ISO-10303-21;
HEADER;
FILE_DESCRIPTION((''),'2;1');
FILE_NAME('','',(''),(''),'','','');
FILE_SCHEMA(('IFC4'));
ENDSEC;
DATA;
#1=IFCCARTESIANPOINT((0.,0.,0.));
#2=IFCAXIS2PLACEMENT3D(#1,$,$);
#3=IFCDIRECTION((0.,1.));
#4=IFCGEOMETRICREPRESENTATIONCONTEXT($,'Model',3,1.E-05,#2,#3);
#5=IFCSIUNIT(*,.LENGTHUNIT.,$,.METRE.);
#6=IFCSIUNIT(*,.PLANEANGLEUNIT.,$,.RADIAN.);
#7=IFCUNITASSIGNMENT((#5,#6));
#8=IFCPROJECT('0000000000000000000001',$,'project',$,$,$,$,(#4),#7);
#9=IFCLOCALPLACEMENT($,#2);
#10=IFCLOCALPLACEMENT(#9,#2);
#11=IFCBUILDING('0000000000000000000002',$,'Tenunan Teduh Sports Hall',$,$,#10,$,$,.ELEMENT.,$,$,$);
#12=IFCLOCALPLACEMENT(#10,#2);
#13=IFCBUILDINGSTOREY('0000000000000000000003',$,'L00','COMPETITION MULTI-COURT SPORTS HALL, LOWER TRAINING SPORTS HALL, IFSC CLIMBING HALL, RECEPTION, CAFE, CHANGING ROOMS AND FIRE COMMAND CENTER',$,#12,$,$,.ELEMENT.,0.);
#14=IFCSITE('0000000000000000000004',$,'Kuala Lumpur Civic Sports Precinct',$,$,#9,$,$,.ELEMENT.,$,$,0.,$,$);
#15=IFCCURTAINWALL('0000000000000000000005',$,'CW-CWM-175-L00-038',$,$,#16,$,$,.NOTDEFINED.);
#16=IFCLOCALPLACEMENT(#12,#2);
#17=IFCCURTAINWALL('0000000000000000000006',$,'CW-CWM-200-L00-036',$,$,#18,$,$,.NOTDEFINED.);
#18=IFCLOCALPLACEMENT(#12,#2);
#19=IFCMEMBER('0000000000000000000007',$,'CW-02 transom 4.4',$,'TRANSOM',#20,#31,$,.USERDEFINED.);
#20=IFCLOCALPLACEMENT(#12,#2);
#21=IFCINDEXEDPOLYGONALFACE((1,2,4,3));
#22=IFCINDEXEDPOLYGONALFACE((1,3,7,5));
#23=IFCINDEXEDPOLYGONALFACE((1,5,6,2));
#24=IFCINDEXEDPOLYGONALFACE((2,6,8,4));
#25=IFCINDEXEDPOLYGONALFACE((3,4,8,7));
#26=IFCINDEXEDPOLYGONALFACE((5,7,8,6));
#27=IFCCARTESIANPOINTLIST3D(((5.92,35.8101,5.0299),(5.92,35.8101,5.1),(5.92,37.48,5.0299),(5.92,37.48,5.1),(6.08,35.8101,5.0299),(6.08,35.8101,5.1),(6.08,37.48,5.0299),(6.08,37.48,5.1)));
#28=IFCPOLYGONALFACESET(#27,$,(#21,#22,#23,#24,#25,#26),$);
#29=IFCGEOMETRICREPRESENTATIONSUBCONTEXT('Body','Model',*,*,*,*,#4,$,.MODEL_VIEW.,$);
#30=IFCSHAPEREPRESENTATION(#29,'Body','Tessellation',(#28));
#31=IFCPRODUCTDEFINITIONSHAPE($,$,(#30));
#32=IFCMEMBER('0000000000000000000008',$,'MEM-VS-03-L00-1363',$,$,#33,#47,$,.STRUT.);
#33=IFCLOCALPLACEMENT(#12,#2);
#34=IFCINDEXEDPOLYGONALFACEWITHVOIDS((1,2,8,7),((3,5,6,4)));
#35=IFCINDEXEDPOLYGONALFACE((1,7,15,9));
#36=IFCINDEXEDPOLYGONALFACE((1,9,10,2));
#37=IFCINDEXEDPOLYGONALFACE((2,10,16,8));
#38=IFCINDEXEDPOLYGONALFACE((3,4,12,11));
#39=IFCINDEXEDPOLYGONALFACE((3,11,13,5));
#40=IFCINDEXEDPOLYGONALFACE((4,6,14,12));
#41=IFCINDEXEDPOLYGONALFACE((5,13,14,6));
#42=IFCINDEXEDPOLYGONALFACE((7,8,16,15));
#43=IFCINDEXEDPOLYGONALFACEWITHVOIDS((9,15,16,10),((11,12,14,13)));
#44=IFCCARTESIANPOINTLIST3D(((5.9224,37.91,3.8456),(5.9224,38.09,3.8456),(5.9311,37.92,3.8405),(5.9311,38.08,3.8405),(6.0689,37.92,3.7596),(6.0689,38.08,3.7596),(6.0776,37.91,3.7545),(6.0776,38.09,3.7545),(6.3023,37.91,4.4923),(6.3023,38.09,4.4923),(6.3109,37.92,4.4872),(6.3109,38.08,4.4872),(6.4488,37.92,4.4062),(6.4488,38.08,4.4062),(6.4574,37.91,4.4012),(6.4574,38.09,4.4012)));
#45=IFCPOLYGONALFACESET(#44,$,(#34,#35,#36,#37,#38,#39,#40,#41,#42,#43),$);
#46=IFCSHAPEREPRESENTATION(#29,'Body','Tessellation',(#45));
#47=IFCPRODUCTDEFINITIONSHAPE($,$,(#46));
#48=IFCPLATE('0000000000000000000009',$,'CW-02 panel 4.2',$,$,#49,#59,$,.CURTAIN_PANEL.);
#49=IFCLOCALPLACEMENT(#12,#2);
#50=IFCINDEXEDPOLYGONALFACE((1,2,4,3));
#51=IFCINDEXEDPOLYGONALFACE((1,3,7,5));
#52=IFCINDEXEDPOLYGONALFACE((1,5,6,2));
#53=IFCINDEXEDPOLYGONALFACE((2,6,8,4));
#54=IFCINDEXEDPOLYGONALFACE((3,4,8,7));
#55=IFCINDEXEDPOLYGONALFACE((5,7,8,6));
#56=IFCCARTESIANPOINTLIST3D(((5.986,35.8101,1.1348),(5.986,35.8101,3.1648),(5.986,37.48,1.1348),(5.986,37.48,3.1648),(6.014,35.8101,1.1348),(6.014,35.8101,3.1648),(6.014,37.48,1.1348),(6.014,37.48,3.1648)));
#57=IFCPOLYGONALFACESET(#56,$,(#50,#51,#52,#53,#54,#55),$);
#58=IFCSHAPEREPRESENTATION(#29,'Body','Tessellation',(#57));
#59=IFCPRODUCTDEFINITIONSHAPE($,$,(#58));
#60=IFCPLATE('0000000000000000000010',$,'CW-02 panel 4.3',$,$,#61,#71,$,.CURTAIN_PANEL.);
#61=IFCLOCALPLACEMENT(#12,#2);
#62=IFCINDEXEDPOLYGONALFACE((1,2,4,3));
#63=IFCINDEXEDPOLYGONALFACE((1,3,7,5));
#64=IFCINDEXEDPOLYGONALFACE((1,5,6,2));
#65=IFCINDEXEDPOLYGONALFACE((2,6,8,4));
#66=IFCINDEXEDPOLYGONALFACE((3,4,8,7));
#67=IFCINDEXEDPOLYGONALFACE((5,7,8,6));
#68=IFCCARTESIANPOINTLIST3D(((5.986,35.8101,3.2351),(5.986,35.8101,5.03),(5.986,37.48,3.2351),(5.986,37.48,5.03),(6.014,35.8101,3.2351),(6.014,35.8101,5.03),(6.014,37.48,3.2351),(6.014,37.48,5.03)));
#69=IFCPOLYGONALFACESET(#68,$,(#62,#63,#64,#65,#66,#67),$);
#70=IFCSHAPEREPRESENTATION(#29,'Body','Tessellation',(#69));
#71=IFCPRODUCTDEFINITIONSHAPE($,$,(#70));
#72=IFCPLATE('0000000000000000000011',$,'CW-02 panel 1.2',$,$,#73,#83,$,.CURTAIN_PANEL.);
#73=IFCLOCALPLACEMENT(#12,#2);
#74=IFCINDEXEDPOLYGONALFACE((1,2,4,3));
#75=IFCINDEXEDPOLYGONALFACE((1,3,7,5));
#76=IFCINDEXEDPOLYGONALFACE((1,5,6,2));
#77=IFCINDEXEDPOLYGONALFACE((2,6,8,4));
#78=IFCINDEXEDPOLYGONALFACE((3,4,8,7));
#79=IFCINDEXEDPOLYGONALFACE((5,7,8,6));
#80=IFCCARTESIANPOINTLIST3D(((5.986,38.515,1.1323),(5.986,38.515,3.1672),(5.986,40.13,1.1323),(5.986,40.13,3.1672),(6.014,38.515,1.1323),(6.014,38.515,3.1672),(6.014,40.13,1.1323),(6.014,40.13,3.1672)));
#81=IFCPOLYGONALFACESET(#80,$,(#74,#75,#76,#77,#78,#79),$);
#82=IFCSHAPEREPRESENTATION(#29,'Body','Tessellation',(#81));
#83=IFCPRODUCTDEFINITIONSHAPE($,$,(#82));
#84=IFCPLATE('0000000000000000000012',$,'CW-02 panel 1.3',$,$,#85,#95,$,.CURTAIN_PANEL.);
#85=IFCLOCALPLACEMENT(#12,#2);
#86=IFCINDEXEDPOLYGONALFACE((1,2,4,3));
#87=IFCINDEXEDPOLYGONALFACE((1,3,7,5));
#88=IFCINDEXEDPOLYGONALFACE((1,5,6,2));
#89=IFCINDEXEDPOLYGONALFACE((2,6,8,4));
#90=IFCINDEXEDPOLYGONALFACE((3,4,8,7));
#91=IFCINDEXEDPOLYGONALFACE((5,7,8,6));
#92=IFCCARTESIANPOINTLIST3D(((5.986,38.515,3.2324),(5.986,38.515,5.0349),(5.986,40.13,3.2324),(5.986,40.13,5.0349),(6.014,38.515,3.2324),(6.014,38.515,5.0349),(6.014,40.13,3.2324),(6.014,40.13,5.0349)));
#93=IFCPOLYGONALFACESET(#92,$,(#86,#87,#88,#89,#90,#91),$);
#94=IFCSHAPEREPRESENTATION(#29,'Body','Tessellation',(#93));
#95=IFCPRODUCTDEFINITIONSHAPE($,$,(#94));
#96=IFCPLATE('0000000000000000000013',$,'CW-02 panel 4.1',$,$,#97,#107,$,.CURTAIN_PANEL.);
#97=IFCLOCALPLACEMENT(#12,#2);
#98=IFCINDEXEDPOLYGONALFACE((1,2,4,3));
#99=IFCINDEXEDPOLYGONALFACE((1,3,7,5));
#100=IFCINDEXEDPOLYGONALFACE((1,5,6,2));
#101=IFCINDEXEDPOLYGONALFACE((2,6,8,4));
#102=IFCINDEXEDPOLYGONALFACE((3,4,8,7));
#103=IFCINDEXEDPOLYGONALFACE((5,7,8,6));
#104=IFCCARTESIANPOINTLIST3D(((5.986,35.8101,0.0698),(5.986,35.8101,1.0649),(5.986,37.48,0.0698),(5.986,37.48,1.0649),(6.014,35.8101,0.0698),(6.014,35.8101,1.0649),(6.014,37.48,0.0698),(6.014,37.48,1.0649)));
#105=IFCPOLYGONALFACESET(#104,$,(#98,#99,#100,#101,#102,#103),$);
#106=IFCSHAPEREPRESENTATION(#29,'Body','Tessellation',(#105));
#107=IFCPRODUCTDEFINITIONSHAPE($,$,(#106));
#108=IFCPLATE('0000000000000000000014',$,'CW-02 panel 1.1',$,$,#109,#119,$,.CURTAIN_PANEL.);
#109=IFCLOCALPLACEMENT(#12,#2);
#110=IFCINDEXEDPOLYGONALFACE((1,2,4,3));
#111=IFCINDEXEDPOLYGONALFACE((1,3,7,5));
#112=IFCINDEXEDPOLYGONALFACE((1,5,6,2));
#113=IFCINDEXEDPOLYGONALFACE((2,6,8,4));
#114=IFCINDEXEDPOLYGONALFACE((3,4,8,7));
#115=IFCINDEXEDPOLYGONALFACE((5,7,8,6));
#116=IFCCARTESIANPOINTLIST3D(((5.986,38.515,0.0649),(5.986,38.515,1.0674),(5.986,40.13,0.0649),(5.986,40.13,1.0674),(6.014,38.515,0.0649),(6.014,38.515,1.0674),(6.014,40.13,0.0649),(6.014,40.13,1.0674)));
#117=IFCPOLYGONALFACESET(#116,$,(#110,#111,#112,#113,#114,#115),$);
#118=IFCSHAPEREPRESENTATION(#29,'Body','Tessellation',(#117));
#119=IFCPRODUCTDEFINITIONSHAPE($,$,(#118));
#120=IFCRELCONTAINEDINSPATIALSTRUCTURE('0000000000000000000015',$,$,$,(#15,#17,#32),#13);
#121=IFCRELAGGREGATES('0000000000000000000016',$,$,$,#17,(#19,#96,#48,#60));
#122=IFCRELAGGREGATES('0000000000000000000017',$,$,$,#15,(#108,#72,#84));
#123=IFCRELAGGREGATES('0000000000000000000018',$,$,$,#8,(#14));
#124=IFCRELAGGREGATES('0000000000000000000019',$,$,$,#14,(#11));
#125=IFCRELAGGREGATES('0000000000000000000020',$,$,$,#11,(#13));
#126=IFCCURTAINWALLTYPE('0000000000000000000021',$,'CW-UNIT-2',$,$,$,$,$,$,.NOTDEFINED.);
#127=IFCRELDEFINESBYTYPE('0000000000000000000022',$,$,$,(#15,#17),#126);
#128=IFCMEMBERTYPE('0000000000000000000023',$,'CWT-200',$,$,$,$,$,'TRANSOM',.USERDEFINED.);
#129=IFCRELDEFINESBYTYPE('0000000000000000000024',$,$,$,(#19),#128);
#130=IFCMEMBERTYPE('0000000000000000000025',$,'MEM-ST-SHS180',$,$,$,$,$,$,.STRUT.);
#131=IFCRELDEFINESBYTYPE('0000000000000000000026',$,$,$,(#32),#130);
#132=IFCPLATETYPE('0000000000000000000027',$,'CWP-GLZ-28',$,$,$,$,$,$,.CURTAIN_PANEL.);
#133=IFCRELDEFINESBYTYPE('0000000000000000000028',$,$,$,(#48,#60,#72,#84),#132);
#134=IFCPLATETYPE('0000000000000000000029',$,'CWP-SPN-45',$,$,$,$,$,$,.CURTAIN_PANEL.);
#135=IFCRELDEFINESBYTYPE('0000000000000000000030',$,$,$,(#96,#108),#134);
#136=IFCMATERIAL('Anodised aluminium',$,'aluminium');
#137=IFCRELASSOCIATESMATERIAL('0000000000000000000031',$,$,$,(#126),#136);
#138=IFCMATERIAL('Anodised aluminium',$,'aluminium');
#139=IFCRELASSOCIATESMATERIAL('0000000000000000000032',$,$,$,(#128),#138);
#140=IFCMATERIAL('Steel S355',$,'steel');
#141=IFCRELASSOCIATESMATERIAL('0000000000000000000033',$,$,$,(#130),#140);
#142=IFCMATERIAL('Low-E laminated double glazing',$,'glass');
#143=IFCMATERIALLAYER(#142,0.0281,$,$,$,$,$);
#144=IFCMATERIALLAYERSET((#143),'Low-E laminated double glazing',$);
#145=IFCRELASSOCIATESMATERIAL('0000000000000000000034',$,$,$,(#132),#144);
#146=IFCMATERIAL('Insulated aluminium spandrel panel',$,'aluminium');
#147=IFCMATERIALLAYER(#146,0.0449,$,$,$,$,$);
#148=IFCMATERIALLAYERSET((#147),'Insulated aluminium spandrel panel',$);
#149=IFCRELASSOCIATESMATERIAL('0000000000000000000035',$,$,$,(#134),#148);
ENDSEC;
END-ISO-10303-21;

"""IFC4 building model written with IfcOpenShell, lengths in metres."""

from ifc_helpers import new_model, si_unit, direction, frame, origin, origin_2d, place, context, subcontext, project, spatial, rectangle, hollow_rectangle, extrude, material, layer, layer_set, material_profile, profile_set, type_object, element, aggregate, save


model = new_model("IFC4")

# Units and contexts
model_context = context("Model", 3, precision=1e-05, world=origin(), true_north=direction((0.0, 1.0)))
body_context = subcontext(model_context, "Body", "Model", "MODEL_VIEW")
ifc_project = project(units=[si_unit("LENGTHUNIT", "METRE"), si_unit("PLANEANGLEUNIT", "RADIAN")], contexts=[model_context])

# Site, building, storey
site_placement = place(None, origin())
site = spatial("IfcSite", under=ifc_project, at=site_placement, Name="Kuala Lumpur Civic Sports Precinct", CompositionType="ELEMENT", RefElevation=0.0)
building_placement = place(site_placement, origin())
building = spatial("IfcBuilding", under=site, at=building_placement, Name="Tenunan Teduh Sports Hall", CompositionType="ELEMENT")
storey_placement = place(building_placement, origin())
storey = spatial("IfcBuildingStorey", under=building, at=storey_placement, Name="L00", Description="COMPETITION MULTI-COURT SPORTS HALL, LOWER TRAINING SPORTS HALL, IFSC CLIMBING HALL, RECEPTION, CAFE, CHANGING ROOMS AND FIRE COMMAND CENTER", CompositionType="ELEMENT", Elevation=0.0)

# Curtain wall
ifc_material_1 = material(Name="Anodised aluminium", Category="aluminium")
curtain_wall_type = type_object("IfcCurtainWallType", Name="CW-UNIT-2", PredefinedType="NOTDEFINED", material=ifc_material_1)
curtain_wall_1_placement = place(storey_placement, origin())
curtain_wall_1 = element("IfcCurtainWall", 1, at=curtain_wall_1_placement, inside=storey, type_object=curtain_wall_type, Name="CW-CWM-175-L00-038", PredefinedType="NOTDEFINED")

# Curtain wall
curtain_wall_2_placement = place(storey_placement, origin())
curtain_wall_2 = element("IfcCurtainWall", 2, at=curtain_wall_2_placement, inside=storey, type_object=curtain_wall_type, Name="CW-CWM-200-L00-036", PredefinedType="NOTDEFINED")

# Members
ifc_material_2 = material(Name="Anodised aluminium", Category="aluminium")
ifc_material_profile_1 = material_profile(ifc_material_2, rectangle(XDim=0.0701, YDim=0.1599, at=origin_2d()), Name="CWT 70x160")
ifc_profile_set_1 = profile_set([ifc_material_profile_1], Name="Anodised aluminium")
member_type_1 = type_object("IfcMemberType", Name="CWT-200", ElementType="TRANSOM", PredefinedType="USERDEFINED", material=ifc_profile_set_1)
member_1_placement = place(storey_placement, frame((6.0, 35.8101, 5.0649), z_axis=(0.0, 1.0, 0.0), x_axis=(0.0, 0.0, 1.0)))
member_1 = element("IfcMember", 3, at=member_1_placement, type_object=member_type_1, Name="CW-02 transom 4.4", ObjectType="TRANSOM", PredefinedType="USERDEFINED", context=body_context, shape_type="SweptSolid", body=[
    extrude(rectangle(XDim=0.0701, YDim=0.1599, at=origin_2d()), origin(), (0.0, 0.0, 1.0), 1.6699),
])
ifc_material_3 = material(Name="Steel S355", Category="steel")
ifc_material_profile_2 = material_profile(ifc_material_3, hollow_rectangle(XDim=0.1799, YDim=0.1799, WallThickness=0.01, at=origin_2d()), Name="SHS 180x180x10.0")
ifc_profile_set_2 = profile_set([ifc_material_profile_2], Name="Steel S355")
member_type_2 = type_object("IfcMemberType", Name="MEM-ST-SHS180", PredefinedType="STRUT", material=ifc_profile_set_2)
member_2_placement = place(storey_placement, frame((6.0, 38.0, 3.8), z_axis=(0.506479, 0.0, 0.862252), x_axis=(0.0, 1.0, 0.0)))
element("IfcMember", 4, at=member_2_placement, inside=storey, type_object=member_type_2, Name="MEM-VS-03-L00-1363", PredefinedType="STRUT", context=body_context, shape_type="SweptSolid", body=[
    extrude(hollow_rectangle(XDim=0.1799, YDim=0.1799, WallThickness=0.01, at=origin_2d()), origin(), (0.0, 0.0, 1.0), 0.75),
])

# Plates
ifc_material_4 = material(Name="Low-E laminated double glazing", Category="glass")
ifc_layer_1 = layer(ifc_material_4, 0.0281)
ifc_layer_set_1 = layer_set([ifc_layer_1], Name="Low-E laminated double glazing")
plate_type_1 = type_object("IfcPlateType", Name="CWP-GLZ-28", PredefinedType="CURTAIN_PANEL", material=ifc_layer_set_1)
plate_1_placement = place(storey_placement, frame((6.0, 36.645, 1.1348), z_axis=(0.0, 0.0, 1.0), x_axis=(0.0, 1.0, 0.0)))
plate_1 = element("IfcPlate", 5, at=plate_1_placement, type_object=plate_type_1, Name="CW-02 panel 4.2", PredefinedType="CURTAIN_PANEL", context=body_context, shape_type="SweptSolid", body=[
    extrude(rectangle(XDim=1.6699, YDim=0.0281, at=origin_2d()), origin(), (0.0, 0.0, 1.0), 2.03),
])
plate_2_placement = place(storey_placement, frame((6.0, 36.645, 3.2351), z_axis=(0.0, 0.0, 1.0), x_axis=(0.0, 1.0, 0.0)))
plate_2 = element("IfcPlate", 6, at=plate_2_placement, type_object=plate_type_1, Name="CW-02 panel 4.3", PredefinedType="CURTAIN_PANEL", context=body_context, shape_type="SweptSolid", body=[
    extrude(rectangle(XDim=1.6699, YDim=0.0281, at=origin_2d()), origin(), (0.0, 0.0, 1.0), 1.7949),
])
plate_3_placement = place(storey_placement, frame((6.0, 39.3225, 1.1323), z_axis=(0.0, 0.0, 1.0), x_axis=(0.0, 1.0, 0.0)))
plate_3 = element("IfcPlate", 7, at=plate_3_placement, type_object=plate_type_1, Name="CW-02 panel 1.2", PredefinedType="CURTAIN_PANEL", context=body_context, shape_type="SweptSolid", body=[
    extrude(rectangle(XDim=1.615, YDim=0.0281, at=origin_2d()), origin(), (0.0, 0.0, 1.0), 2.0349),
])
plate_4_placement = place(storey_placement, frame((6.0, 39.3225, 3.2324), z_axis=(0.0, 0.0, 1.0), x_axis=(0.0, 1.0, 0.0)))
plate_4 = element("IfcPlate", 8, at=plate_4_placement, type_object=plate_type_1, Name="CW-02 panel 1.3", PredefinedType="CURTAIN_PANEL", context=body_context, shape_type="SweptSolid", body=[
    extrude(rectangle(XDim=1.615, YDim=0.0281, at=origin_2d()), origin(), (0.0, 0.0, 1.0), 1.8025),
])
ifc_material_5 = material(Name="Insulated aluminium spandrel panel", Category="aluminium")
ifc_layer_2 = layer(ifc_material_5, 0.0449)
ifc_layer_set_2 = layer_set([ifc_layer_2], Name="Insulated aluminium spandrel panel")
plate_type_2 = type_object("IfcPlateType", Name="CWP-SPN-45", PredefinedType="CURTAIN_PANEL", material=ifc_layer_set_2)
plate_5_placement = place(storey_placement, frame((6.0, 36.645, 0.0698), z_axis=(0.0, 0.0, 1.0), x_axis=(0.0, 1.0, 0.0)))
plate_5 = element("IfcPlate", 9, at=plate_5_placement, type_object=plate_type_2, Name="CW-02 panel 4.1", PredefinedType="CURTAIN_PANEL", context=body_context, shape_type="SweptSolid", body=[
    extrude(rectangle(XDim=1.6699, YDim=0.0281, at=origin_2d()), origin(), (0.0, 0.0, 1.0), 0.9951),
])
aggregate(curtain_wall_2, [member_1, plate_5, plate_1, plate_2])
plate_6_placement = place(storey_placement, frame((6.0, 39.3225, 0.0649), z_axis=(0.0, 0.0, 1.0), x_axis=(0.0, 1.0, 0.0)))
plate_6 = element("IfcPlate", 10, at=plate_6_placement, type_object=plate_type_2, Name="CW-02 panel 1.1", PredefinedType="CURTAIN_PANEL", context=body_context, shape_type="SweptSolid", body=[
    extrude(rectangle(XDim=1.615, YDim=0.0281, at=origin_2d()), origin(), (0.0, 0.0, 1.0), 1.0024),
])
aggregate(curtain_wall_1, [plate_6, plate_3, plate_4])

save(model, "model.ifc")
